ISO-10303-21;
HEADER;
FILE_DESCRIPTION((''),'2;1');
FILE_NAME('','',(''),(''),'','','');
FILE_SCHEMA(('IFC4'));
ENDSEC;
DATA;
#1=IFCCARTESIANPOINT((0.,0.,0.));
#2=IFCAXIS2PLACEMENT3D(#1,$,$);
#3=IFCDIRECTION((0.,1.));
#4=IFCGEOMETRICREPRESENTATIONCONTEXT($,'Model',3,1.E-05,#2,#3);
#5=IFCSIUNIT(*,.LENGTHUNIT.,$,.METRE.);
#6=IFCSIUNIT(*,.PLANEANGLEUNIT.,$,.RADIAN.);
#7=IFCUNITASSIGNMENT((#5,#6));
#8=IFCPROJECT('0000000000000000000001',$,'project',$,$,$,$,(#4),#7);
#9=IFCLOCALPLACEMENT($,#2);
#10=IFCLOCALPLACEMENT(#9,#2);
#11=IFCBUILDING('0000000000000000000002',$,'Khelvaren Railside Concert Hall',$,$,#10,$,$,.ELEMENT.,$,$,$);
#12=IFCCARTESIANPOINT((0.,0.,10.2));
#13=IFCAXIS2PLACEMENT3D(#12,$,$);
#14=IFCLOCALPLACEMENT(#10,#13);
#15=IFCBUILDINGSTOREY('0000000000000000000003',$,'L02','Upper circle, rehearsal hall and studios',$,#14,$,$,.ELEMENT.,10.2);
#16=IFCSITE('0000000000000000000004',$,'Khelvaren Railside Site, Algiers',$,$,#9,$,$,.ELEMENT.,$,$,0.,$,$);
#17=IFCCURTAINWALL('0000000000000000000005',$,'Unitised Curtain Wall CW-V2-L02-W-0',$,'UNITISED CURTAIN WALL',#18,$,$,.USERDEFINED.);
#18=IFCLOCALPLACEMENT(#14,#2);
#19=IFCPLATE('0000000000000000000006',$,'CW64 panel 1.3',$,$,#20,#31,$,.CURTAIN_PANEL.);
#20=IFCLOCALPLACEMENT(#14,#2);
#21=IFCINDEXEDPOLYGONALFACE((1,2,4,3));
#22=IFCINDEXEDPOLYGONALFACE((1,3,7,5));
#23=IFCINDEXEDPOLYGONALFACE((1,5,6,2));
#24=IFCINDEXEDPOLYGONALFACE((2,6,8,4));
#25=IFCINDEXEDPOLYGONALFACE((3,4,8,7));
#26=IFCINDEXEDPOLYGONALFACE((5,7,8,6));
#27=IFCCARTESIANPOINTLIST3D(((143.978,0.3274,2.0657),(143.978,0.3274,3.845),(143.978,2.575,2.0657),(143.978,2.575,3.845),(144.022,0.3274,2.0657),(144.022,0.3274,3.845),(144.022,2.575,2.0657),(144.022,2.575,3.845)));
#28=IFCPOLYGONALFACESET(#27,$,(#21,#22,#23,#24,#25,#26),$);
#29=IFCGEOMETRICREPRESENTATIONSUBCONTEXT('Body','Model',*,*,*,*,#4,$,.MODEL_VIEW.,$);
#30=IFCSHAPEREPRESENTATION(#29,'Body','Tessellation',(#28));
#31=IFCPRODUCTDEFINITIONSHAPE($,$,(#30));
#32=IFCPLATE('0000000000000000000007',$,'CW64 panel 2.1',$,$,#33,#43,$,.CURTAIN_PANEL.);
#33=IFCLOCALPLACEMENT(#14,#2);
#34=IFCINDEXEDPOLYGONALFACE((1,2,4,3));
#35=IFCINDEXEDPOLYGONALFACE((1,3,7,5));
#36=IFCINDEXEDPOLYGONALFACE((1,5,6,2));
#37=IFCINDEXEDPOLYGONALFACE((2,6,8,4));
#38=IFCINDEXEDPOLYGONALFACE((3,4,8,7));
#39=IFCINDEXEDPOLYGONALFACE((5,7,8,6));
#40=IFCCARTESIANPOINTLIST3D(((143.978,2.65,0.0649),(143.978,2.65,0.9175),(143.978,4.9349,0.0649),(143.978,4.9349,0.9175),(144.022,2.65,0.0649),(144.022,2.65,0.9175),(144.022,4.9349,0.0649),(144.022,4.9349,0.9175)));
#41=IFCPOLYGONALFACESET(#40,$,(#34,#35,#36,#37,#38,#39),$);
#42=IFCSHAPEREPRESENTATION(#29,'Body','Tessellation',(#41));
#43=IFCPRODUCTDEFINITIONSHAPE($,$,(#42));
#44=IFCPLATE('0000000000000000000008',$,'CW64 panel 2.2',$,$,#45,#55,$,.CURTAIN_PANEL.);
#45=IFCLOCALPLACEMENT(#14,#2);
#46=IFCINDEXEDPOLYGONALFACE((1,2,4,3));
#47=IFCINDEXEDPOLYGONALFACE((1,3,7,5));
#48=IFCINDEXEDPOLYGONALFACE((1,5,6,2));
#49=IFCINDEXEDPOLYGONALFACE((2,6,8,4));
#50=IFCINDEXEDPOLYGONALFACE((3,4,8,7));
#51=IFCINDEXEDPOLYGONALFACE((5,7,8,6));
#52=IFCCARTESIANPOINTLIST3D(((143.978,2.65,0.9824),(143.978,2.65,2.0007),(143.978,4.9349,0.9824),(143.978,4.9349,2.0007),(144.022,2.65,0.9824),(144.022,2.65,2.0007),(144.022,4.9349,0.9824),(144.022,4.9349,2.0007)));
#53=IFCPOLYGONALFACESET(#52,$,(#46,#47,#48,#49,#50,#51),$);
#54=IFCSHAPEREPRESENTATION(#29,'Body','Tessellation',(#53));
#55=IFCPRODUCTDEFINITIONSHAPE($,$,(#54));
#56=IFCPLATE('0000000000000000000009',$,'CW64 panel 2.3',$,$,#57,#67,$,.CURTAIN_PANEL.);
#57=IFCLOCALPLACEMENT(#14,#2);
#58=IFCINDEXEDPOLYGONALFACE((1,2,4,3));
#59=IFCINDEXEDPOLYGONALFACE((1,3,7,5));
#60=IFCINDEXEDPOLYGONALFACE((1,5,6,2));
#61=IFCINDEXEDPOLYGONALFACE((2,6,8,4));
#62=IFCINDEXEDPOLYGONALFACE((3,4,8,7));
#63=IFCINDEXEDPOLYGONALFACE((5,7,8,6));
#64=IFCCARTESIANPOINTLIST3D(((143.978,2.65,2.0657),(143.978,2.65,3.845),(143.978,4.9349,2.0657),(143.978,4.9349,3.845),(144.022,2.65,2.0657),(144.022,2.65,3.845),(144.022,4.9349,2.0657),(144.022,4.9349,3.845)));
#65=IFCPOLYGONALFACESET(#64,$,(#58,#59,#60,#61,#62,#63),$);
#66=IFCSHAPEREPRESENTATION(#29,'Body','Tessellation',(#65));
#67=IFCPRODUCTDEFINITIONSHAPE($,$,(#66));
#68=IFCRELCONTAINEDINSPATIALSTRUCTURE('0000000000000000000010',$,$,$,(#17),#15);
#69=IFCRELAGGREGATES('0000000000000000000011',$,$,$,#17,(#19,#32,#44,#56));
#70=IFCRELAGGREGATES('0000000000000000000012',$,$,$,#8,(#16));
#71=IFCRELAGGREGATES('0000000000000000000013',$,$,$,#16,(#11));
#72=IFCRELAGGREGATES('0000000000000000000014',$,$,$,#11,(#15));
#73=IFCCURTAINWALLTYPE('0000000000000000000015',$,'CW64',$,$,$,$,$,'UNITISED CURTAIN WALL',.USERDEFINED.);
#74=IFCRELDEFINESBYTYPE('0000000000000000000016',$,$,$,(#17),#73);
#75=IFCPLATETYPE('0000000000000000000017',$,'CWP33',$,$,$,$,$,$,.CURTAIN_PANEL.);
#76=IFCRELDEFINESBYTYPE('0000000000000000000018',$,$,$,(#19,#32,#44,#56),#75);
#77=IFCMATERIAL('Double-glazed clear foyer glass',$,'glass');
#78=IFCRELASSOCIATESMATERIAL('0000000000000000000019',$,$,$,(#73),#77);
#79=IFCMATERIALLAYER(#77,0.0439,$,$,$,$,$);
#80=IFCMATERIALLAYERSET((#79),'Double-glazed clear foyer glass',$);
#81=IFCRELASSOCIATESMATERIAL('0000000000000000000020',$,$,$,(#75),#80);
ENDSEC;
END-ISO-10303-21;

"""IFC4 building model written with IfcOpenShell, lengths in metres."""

from ifc_helpers import new_model, si_unit, direction, frame, origin, origin_2d, place, context, subcontext, project, spatial, rectangle, extrude, material, layer, layer_set, type_object, element, aggregate, save


model = new_model("IFC4")

# Units and contexts
model_context = context("Model", 3, precision=1e-05, world=origin(), true_north=direction((0.0, 1.0)))
body_context = subcontext(model_context, "Body", "Model", "MODEL_VIEW")
ifc_project = project(units=[si_unit("LENGTHUNIT", "METRE"), si_unit("PLANEANGLEUNIT", "RADIAN")], contexts=[model_context])

# Site, building, storey
site_placement = place(None, origin())
site = spatial("IfcSite", under=ifc_project, at=site_placement, Name="Khelvaren Railside Site, Algiers", CompositionType="ELEMENT", RefElevation=0.0)
building_placement = place(site_placement, origin())
building = spatial("IfcBuilding", under=site, at=building_placement, Name="Khelvaren Railside Concert Hall", CompositionType="ELEMENT")
storey_placement = place(building_placement, frame((0.0, 0.0, 10.2)))
storey = spatial("IfcBuildingStorey", under=building, at=storey_placement, Name="L02", Description="Upper circle, rehearsal hall and studios", CompositionType="ELEMENT", Elevation=10.2)

# Curtain wall
ifc_material_1 = material(Name="Double-glazed clear foyer glass", Category="glass")
curtain_wall_type = type_object("IfcCurtainWallType", Name="CW64", ElementType="UNITISED CURTAIN WALL", PredefinedType="USERDEFINED", material=ifc_material_1)
curtain_wall_placement = place(storey_placement, origin())
curtain_wall = element("IfcCurtainWall", 1, at=curtain_wall_placement, inside=storey, type_object=curtain_wall_type, Name="Unitised Curtain Wall CW-V2-L02-W-0", ObjectType="UNITISED CURTAIN WALL", PredefinedType="USERDEFINED")

# Plates
ifc_layer = layer(ifc_material_1, 0.0439)
ifc_layer_set = layer_set([ifc_layer], Name="Double-glazed clear foyer glass")
plate_type = type_object("IfcPlateType", Name="CWP33", PredefinedType="CURTAIN_PANEL", material=ifc_layer_set)
plate_1_placement = place(storey_placement, frame((144.0, 1.4512, 2.0657), z_axis=(0.0, 0.0, 1.0), x_axis=(0.0, 1.0, 0.0)))
plate_1 = element("IfcPlate", 2, at=plate_1_placement, type_object=plate_type, Name="CW64 panel 1.3", PredefinedType="CURTAIN_PANEL", context=body_context, shape_type="SweptSolid", body=[
    extrude(rectangle(XDim=2.2476, YDim=0.0439, at=origin_2d()), origin(), (0.0, 0.0, 1.0), 1.7793),
])
plate_2_placement = place(storey_placement, frame((144.0, 3.7925, 0.0649), z_axis=(0.0, 0.0, 1.0), x_axis=(0.0, 1.0, 0.0)))
plate_2 = element("IfcPlate", 3, at=plate_2_placement, type_object=plate_type, Name="CW64 panel 2.1", PredefinedType="CURTAIN_PANEL", context=body_context, shape_type="SweptSolid", body=[
    extrude(rectangle(XDim=2.2849, YDim=0.0439, at=origin_2d()), origin(), (0.0, 0.0, 1.0), 0.8525),
])
plate_3_placement = place(storey_placement, frame((144.0, 3.7925, 0.9824), z_axis=(0.0, 0.0, 1.0), x_axis=(0.0, 1.0, 0.0)))
plate_3 = element("IfcPlate", 4, at=plate_3_placement, type_object=plate_type, Name="CW64 panel 2.2", PredefinedType="CURTAIN_PANEL", context=body_context, shape_type="SweptSolid", body=[
    extrude(rectangle(XDim=2.2849, YDim=0.0439, at=origin_2d()), origin(), (0.0, 0.0, 1.0), 1.0183),
])
plate_4_placement = place(storey_placement, frame((144.0, 3.7925, 2.0657), z_axis=(0.0, 0.0, 1.0), x_axis=(0.0, 1.0, 0.0)))
plate_4 = element("IfcPlate", 5, at=plate_4_placement, type_object=plate_type, Name="CW64 panel 2.3", PredefinedType="CURTAIN_PANEL", context=body_context, shape_type="SweptSolid", body=[
    extrude(rectangle(XDim=2.2849, YDim=0.0439, at=origin_2d()), origin(), (0.0, 0.0, 1.0), 1.7793),
])
aggregate(curtain_wall, [plate_1, plate_2, plate_3, plate_4])

save(model, "model.ifc")
